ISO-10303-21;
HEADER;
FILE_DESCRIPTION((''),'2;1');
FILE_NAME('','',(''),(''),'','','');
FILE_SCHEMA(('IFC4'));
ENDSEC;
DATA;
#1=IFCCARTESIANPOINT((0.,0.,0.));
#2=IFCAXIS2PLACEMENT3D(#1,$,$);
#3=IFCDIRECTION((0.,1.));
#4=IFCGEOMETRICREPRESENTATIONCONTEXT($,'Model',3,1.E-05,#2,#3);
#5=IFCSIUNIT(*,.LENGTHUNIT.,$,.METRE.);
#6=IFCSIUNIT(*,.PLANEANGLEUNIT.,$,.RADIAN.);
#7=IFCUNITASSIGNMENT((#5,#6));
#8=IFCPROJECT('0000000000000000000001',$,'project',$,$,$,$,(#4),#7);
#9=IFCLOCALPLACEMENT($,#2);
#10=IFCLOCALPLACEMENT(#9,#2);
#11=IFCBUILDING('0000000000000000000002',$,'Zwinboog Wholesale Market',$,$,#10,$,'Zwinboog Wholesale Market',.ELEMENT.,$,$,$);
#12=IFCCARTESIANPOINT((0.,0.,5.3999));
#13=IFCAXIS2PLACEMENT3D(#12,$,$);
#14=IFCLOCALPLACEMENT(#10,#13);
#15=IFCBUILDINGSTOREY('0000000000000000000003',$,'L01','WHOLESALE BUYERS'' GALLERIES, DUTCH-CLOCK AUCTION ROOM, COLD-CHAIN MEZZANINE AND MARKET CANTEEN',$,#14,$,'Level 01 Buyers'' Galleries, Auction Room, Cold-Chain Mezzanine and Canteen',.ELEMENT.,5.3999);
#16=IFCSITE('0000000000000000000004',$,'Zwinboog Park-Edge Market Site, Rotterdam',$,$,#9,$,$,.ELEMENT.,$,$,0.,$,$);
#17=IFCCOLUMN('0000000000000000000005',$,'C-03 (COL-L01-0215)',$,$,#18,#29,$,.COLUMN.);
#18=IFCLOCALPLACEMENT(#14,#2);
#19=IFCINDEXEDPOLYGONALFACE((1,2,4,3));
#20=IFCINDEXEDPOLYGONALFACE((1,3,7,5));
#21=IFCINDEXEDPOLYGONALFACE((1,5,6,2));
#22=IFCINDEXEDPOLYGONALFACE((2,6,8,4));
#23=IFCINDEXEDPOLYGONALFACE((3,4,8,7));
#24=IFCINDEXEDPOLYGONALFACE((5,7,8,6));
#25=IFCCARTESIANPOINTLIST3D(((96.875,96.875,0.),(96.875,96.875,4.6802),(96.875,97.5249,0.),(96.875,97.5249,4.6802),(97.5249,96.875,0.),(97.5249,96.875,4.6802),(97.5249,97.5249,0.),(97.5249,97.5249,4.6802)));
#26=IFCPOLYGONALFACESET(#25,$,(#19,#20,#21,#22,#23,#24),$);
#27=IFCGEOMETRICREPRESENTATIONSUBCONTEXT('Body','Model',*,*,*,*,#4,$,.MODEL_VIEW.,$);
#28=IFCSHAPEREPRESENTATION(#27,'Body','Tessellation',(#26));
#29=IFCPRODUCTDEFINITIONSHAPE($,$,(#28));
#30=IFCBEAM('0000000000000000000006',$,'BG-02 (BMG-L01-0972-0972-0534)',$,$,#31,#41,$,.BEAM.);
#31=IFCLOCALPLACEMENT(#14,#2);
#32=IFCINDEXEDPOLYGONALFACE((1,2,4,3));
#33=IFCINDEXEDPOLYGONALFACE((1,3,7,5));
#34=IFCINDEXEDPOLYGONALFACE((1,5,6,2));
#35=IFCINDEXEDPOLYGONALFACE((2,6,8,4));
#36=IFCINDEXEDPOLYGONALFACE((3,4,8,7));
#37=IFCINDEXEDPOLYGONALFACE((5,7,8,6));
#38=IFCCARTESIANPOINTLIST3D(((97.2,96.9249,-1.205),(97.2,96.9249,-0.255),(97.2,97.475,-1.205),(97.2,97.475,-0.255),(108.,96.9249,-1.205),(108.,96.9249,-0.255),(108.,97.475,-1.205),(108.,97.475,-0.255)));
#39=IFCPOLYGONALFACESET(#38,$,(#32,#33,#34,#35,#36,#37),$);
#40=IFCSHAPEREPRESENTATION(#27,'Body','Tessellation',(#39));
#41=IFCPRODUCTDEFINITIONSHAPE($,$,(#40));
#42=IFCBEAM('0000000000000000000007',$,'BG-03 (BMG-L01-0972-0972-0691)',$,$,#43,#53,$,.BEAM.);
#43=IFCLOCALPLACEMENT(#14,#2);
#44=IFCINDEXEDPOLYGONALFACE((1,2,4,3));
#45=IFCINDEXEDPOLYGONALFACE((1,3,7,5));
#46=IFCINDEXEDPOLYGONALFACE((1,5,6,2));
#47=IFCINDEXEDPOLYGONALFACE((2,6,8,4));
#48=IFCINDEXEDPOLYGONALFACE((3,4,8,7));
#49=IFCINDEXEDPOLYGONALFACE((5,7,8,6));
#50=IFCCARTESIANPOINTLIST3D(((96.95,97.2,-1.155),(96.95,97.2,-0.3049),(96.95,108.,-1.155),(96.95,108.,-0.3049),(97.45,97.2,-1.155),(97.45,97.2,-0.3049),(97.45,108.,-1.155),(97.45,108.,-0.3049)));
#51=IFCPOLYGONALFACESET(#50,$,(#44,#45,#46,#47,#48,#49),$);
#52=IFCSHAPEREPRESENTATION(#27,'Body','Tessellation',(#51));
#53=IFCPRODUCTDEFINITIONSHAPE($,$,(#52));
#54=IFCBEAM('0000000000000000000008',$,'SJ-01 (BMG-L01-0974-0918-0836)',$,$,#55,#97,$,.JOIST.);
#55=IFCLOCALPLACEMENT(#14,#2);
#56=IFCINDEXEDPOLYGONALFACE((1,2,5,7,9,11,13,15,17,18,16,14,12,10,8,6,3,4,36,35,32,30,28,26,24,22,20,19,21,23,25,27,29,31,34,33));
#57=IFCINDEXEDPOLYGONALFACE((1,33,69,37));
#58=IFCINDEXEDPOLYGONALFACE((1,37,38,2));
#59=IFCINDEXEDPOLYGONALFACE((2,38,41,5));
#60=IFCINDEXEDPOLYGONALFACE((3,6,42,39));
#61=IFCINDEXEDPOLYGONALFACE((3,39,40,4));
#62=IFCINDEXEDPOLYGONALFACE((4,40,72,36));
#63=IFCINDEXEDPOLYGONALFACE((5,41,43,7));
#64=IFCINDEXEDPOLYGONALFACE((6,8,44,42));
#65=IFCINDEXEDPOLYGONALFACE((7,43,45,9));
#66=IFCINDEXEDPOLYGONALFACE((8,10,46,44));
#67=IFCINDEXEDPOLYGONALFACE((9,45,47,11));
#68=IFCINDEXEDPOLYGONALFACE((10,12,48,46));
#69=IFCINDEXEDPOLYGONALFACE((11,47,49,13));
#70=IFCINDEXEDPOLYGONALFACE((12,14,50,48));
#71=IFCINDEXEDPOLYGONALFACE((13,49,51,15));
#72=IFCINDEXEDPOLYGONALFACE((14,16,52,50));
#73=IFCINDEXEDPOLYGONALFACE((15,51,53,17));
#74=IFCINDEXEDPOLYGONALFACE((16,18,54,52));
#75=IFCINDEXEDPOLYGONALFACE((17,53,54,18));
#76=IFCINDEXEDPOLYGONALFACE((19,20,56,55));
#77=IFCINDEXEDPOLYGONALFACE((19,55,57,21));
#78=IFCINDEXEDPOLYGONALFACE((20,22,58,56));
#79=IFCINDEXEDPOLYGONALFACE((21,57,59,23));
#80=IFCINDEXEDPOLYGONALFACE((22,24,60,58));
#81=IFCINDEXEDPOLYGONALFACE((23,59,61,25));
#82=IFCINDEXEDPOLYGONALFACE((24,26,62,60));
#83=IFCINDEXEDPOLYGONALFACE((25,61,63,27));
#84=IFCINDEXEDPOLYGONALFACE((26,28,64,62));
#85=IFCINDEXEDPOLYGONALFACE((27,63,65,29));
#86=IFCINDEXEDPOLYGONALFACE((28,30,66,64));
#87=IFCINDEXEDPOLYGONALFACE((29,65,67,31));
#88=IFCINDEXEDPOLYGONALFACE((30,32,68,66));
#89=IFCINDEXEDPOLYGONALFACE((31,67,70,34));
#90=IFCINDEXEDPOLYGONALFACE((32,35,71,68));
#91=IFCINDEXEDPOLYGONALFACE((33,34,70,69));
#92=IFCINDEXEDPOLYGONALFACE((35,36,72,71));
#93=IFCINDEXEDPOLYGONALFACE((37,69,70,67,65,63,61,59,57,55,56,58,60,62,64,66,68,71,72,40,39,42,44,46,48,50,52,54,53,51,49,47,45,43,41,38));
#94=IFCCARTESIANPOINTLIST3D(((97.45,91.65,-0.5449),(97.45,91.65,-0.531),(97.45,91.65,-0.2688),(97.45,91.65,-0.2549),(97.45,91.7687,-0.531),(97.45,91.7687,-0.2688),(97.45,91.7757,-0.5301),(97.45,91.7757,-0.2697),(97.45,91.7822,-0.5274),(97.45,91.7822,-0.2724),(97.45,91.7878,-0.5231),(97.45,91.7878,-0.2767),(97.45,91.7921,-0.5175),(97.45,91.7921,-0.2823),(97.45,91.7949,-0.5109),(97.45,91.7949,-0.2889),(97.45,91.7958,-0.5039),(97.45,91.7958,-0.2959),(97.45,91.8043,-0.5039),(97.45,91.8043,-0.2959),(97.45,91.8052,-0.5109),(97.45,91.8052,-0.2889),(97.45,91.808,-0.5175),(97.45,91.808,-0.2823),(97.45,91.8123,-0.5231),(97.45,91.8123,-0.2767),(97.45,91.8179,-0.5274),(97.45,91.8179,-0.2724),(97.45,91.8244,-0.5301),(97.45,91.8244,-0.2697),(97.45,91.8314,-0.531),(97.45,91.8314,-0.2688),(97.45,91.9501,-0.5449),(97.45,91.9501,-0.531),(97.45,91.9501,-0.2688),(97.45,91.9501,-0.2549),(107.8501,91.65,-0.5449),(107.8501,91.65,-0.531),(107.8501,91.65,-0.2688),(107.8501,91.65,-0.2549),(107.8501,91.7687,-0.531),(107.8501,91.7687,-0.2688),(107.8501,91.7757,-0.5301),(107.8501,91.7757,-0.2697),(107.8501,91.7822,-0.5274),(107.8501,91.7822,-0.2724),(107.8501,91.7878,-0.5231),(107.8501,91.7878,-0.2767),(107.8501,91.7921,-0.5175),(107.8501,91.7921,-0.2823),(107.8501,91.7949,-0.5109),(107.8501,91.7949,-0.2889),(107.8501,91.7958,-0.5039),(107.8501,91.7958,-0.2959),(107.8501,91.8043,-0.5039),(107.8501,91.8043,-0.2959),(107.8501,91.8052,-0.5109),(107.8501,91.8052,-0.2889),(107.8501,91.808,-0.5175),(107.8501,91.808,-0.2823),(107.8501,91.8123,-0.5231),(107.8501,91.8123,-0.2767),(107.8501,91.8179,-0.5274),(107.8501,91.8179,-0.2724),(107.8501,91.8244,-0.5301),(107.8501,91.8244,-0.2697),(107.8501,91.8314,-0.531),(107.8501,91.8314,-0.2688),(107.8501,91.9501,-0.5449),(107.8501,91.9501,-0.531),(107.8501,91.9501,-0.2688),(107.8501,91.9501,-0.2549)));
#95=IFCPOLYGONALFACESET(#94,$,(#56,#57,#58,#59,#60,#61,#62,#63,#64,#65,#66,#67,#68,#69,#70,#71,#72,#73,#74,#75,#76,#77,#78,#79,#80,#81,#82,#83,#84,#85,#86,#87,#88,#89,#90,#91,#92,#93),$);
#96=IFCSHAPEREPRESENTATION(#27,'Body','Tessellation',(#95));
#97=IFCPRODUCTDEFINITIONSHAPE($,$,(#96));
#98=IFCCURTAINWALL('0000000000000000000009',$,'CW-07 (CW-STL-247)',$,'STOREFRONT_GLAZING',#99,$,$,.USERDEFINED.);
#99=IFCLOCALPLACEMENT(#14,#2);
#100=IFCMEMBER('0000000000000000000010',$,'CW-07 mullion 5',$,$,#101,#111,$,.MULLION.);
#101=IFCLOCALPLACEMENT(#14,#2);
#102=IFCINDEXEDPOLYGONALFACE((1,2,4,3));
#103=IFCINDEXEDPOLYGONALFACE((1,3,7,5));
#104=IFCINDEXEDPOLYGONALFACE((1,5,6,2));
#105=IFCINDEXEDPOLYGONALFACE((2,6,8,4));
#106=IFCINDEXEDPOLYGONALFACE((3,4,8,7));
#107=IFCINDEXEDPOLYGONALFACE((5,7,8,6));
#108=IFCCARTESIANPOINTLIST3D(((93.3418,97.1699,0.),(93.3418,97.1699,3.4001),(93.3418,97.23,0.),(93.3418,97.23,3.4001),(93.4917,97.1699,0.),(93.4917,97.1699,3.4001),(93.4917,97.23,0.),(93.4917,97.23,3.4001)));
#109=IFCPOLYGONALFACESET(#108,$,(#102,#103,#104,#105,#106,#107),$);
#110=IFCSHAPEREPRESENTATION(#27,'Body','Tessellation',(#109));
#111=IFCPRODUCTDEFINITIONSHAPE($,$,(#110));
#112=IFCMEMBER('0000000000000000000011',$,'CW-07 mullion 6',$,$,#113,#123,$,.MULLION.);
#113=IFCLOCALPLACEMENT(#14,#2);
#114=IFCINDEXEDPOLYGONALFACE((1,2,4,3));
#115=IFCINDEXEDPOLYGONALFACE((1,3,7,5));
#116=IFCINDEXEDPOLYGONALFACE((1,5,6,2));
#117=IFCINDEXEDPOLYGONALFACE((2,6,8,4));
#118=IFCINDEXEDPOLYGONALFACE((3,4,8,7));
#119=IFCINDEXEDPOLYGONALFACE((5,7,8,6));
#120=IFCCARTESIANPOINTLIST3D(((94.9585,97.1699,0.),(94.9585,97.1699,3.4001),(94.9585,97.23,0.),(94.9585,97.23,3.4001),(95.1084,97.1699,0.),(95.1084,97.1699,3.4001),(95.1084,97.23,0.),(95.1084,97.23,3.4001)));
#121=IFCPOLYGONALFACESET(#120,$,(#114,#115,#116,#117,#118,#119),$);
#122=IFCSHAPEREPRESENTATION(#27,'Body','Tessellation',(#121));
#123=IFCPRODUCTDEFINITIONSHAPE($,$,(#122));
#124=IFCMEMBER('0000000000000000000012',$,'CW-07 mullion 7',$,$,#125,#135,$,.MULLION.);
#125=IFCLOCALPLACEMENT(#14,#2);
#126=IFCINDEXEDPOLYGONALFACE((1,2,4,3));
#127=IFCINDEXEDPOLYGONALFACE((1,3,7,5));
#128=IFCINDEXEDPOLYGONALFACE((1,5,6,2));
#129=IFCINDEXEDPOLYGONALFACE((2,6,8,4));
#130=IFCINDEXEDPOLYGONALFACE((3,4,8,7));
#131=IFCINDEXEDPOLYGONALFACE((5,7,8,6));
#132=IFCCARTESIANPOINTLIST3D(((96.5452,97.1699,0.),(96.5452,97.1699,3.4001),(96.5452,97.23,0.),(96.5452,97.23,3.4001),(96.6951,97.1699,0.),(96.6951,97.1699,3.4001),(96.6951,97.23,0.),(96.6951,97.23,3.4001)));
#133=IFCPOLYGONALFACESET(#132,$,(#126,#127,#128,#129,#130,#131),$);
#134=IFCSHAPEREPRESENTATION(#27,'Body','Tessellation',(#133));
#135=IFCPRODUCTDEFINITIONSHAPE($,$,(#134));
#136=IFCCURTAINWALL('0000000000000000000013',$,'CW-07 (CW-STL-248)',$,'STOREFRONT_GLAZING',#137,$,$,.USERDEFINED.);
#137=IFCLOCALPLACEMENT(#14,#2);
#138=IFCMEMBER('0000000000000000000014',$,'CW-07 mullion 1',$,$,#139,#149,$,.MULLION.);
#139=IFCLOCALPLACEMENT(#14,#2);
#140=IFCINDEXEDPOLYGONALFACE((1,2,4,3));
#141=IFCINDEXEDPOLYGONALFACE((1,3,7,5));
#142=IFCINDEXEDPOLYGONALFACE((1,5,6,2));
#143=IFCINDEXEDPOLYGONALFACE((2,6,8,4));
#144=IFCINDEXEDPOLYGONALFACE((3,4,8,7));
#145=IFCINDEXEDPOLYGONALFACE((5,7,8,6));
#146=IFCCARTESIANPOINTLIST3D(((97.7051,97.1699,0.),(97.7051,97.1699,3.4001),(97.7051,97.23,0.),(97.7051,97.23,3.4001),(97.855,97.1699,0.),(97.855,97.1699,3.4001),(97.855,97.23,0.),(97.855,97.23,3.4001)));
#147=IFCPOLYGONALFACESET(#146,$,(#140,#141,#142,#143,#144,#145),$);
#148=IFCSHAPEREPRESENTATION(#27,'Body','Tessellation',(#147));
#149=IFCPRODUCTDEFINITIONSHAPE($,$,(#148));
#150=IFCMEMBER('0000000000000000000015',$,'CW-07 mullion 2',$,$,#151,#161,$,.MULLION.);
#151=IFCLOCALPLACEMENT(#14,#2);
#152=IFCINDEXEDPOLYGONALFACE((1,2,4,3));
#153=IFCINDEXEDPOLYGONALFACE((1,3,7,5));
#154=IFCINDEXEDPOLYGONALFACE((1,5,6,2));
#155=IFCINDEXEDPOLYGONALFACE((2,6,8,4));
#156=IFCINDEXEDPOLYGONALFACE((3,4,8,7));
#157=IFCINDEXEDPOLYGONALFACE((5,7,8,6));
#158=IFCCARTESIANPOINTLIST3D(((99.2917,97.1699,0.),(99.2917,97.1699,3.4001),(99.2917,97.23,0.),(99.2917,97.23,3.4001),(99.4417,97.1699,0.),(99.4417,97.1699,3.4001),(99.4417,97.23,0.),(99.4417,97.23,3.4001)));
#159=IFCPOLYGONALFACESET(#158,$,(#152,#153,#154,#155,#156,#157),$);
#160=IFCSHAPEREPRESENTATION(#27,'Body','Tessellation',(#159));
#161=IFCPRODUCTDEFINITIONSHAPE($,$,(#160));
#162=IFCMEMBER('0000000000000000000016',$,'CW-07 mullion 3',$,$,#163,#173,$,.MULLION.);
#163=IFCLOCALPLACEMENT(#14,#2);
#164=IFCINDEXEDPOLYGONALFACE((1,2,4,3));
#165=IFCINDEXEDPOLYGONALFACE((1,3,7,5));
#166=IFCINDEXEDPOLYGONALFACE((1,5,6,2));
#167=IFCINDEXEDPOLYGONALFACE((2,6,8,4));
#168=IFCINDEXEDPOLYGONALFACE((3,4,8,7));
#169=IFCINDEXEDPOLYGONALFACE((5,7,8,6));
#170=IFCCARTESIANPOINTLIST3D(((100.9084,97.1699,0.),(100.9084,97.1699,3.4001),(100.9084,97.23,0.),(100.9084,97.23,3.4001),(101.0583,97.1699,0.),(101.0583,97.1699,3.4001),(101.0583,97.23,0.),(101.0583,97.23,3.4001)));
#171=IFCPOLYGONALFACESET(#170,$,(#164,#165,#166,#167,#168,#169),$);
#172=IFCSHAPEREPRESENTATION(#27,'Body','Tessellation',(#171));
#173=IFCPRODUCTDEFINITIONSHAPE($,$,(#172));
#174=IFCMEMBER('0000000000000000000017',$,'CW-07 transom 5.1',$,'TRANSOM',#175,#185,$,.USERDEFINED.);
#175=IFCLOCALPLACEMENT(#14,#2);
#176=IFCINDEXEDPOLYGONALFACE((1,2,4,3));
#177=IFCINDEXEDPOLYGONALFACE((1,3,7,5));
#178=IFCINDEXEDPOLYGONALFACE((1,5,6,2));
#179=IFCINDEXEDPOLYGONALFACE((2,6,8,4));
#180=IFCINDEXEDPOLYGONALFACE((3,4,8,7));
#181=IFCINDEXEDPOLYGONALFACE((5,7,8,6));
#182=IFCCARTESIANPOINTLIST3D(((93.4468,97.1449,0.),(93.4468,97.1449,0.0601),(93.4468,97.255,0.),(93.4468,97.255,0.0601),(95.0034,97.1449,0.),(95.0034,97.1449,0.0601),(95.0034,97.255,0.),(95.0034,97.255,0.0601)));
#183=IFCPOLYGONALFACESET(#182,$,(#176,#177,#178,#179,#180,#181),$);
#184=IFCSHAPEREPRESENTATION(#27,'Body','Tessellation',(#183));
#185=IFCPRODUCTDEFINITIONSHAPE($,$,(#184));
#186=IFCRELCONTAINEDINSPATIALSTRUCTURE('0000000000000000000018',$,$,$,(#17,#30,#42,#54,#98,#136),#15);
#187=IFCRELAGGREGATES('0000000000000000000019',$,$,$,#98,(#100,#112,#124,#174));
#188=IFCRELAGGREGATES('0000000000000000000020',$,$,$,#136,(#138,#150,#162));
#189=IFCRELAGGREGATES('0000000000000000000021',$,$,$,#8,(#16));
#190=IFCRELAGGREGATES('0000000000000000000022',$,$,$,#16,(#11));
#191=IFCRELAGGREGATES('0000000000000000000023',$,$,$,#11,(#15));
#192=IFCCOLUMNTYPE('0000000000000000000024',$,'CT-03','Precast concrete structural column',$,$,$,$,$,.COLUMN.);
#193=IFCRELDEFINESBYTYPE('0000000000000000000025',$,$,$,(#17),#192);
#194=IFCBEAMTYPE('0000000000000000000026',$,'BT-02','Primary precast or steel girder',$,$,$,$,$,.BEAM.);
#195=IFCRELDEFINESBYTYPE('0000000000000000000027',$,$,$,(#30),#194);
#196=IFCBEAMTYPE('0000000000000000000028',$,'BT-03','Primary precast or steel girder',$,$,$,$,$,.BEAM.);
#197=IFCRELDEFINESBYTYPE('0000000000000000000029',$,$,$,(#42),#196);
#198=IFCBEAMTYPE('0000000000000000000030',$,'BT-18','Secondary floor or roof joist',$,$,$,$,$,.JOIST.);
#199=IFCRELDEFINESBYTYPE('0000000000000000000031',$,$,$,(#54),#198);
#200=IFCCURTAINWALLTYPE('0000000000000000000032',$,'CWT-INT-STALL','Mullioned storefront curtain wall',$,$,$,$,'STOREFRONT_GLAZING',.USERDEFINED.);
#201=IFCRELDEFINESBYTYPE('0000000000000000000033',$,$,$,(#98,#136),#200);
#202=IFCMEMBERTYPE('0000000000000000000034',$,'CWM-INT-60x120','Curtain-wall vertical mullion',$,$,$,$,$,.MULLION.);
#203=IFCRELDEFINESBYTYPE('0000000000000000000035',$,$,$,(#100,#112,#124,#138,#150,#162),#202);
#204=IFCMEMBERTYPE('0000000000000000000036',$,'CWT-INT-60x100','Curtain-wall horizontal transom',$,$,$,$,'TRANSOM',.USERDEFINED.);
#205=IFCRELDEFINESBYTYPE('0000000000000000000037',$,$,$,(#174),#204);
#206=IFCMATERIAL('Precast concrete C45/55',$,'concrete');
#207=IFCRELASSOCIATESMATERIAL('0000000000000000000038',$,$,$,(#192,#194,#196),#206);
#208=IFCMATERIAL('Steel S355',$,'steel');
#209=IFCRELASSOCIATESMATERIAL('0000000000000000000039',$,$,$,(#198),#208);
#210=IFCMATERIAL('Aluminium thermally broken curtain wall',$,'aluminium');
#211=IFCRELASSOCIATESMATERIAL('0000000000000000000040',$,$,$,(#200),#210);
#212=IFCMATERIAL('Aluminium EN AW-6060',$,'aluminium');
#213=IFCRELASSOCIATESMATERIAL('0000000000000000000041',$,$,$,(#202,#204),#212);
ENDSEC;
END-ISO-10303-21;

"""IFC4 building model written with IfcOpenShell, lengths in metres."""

from ifc_helpers import new_model, si_unit, direction, frame, origin, origin_2d, place, context, subcontext, project, spatial, rectangle, i_section, extrude, material, material_profile, profile_set, type_object, element, aggregate, save


model = new_model("IFC4")

# Units and contexts
model_context = context("Model", 3, precision=1e-05, world=origin(), true_north=direction((0.0, 1.0)))
body_context = subcontext(model_context, "Body", "Model", "MODEL_VIEW")
ifc_project = project(units=[si_unit("LENGTHUNIT", "METRE"), si_unit("PLANEANGLEUNIT", "RADIAN")], contexts=[model_context])

# Site, building, storey
site_placement = place(None, origin())
site = spatial("IfcSite", under=ifc_project, at=site_placement, Name="Zwinboog Park-Edge Market Site, Rotterdam", CompositionType="ELEMENT", RefElevation=0.0)
building_placement = place(site_placement, origin())
building = spatial("IfcBuilding", under=site, at=building_placement, Name="Zwinboog Wholesale Market", LongName="Zwinboog Wholesale Market", CompositionType="ELEMENT")
storey_placement = place(building_placement, frame((0.0, 0.0, 5.3999)))
storey = spatial("IfcBuildingStorey", under=building, at=storey_placement, Name="L01", Description="WHOLESALE BUYERS' GALLERIES, DUTCH-CLOCK AUCTION ROOM, COLD-CHAIN MEZZANINE AND MARKET CANTEEN", LongName="Level 01 Buyers' Galleries, Auction Room, Cold-Chain Mezzanine and Canteen", CompositionType="ELEMENT", Elevation=5.3999)

# Column
ifc_material_1 = material(Name="Precast concrete C45/55", Category="concrete")
ifc_material_profile_1 = material_profile(ifc_material_1, rectangle(XDim=0.6499, YDim=0.6499, at=origin_2d()), Name="PC 650x650")
ifc_profile_set_1 = profile_set([ifc_material_profile_1], Name="Precast concrete C45/55")
column_type = type_object("IfcColumnType", Name="CT-03", Description="Precast concrete structural column", PredefinedType="COLUMN", material=ifc_profile_set_1)
column_placement = place(storey_placement, frame((97.2, 97.2, 0.0), z_axis=(0.0, 0.0, 1.0), x_axis=(1.0, 0.0, 0.0)))
element("IfcColumn", 1, at=column_placement, inside=storey, type_object=column_type, Name="C-03 (COL-L01-0215)", PredefinedType="COLUMN", context=body_context, shape_type="SweptSolid", body=[
    extrude(rectangle(XDim=0.6499, YDim=0.6499, at=origin_2d()), origin(), (0.0, 0.0, 1.0), 4.6802),
])

# Beams
ifc_material_profile_2 = material_profile(ifc_material_1, rectangle(XDim=0.55, YDim=0.95, at=origin_2d()), Name="PC 550x950")
ifc_profile_set_2 = profile_set([ifc_material_profile_2], Name="Precast concrete C45/55")
beam_type_1 = type_object("IfcBeamType", Name="BT-02", Description="Primary precast or steel girder", PredefinedType="BEAM", material=ifc_profile_set_2)
beam_1_placement = place(storey_placement, frame((97.2, 97.2, -0.73), z_axis=(1.0, 0.0, 0.0), x_axis=(0.0, 1.0, 0.0)))
element("IfcBeam", 2, at=beam_1_placement, inside=storey, type_object=beam_type_1, Name="BG-02 (BMG-L01-0972-0972-0534)", PredefinedType="BEAM", context=body_context, shape_type="SweptSolid", body=[
    extrude(rectangle(XDim=0.55, YDim=0.95, at=origin_2d()), origin(), (0.0, 0.0, 1.0), 10.8),
])
ifc_material_profile_3 = material_profile(ifc_material_1, rectangle(XDim=0.5, YDim=0.8501, at=origin_2d()), Name="PC 500x850")
ifc_profile_set_3 = profile_set([ifc_material_profile_3], Name="Precast concrete C45/55")
beam_type_2 = type_object("IfcBeamType", Name="BT-03", Description="Primary precast or steel girder", PredefinedType="BEAM", material=ifc_profile_set_3)
beam_2_placement = place(storey_placement, frame((97.2, 97.2, -0.73), z_axis=(0.0, 1.0, 0.0), x_axis=(-1.0, 0.0, 0.0)))
element("IfcBeam", 3, at=beam_2_placement, inside=storey, type_object=beam_type_2, Name="BG-03 (BMG-L01-0972-0972-0691)", PredefinedType="BEAM", context=body_context, shape_type="SweptSolid", body=[
    extrude(rectangle(XDim=0.5, YDim=0.8501, at=origin_2d()), origin(), (0.0, 0.0, 1.0), 10.8),
])
ifc_material_2 = material(Name="Steel S355", Category="steel")
ifc_material_profile_4 = material_profile(ifc_material_2, i_section(OverallWidth=0.3, OverallDepth=0.29, WebThickness=0.0085, FlangeThickness=0.0139, FilletRadius=0.0271, at=origin_2d()), Name="HEA 300")
ifc_profile_set_4 = profile_set([ifc_material_profile_4], Name="Steel S355")
beam_type_3 = type_object("IfcBeamType", Name="BT-18", Description="Secondary floor or roof joist", PredefinedType="JOIST", material=ifc_profile_set_4)
beam_3_placement = place(storey_placement, frame((97.45, 91.8, -0.3999), z_axis=(1.0, 0.0, 0.0), x_axis=(0.0, 1.0, 0.0)))
element("IfcBeam", 4, at=beam_3_placement, inside=storey, type_object=beam_type_3, Name="SJ-01 (BMG-L01-0974-0918-0836)", PredefinedType="JOIST", context=body_context, shape_type="SweptSolid", body=[
    extrude(i_section(OverallWidth=0.3, OverallDepth=0.29, WebThickness=0.0085, FlangeThickness=0.0139, FilletRadius=0.0271, at=origin_2d()), origin(), (0.0, 0.0, 1.0), 10.4001),
])

# Curtain walls, members
ifc_material_3 = material(Name="Aluminium thermally broken curtain wall", Category="aluminium")
curtain_wall_type = type_object("IfcCurtainWallType", Name="CWT-INT-STALL", Description="Mullioned storefront curtain wall", ElementType="STOREFRONT_GLAZING", PredefinedType="USERDEFINED", material=ifc_material_3)
curtain_wall_1_placement = place(storey_placement, origin())
curtain_wall_1 = element("IfcCurtainWall", 5, at=curtain_wall_1_placement, inside=storey, type_object=curtain_wall_type, Name="CW-07 (CW-STL-247)", ObjectType="STOREFRONT_GLAZING", PredefinedType="USERDEFINED")
ifc_material_4 = material(Name="Aluminium EN AW-6060", Category="aluminium")
ifc_material_profile_5 = material_profile(ifc_material_4, rectangle(XDim=0.0601, YDim=0.1499, at=origin_2d()), Name="AL 60x150")
ifc_profile_set_5 = profile_set([ifc_material_profile_5], Name="Aluminium EN AW-6060")
member_type_1 = type_object("IfcMemberType", Name="CWM-INT-60x120", Description="Curtain-wall vertical mullion", PredefinedType="MULLION", material=ifc_profile_set_5)
member_1_placement = place(storey_placement, frame((93.4167, 97.2, 0.0), z_axis=(0.0, 0.0, 1.0), x_axis=(0.0, 1.0, 0.0)))
member_1 = element("IfcMember", 6, at=member_1_placement, type_object=member_type_1, Name="CW-07 mullion 5", PredefinedType="MULLION", context=body_context, shape_type="SweptSolid", body=[
    extrude(rectangle(XDim=0.0601, YDim=0.1499, at=origin_2d()), origin(), (0.0, 0.0, 1.0), 3.4001),
])
member_2_placement = place(storey_placement, frame((95.0334, 97.2, 0.0), z_axis=(0.0, 0.0, 1.0), x_axis=(0.0, 1.0, 0.0)))
member_2 = element("IfcMember", 7, at=member_2_placement, type_object=member_type_1, Name="CW-07 mullion 6", PredefinedType="MULLION", context=body_context, shape_type="SweptSolid", body=[
    extrude(rectangle(XDim=0.0601, YDim=0.1499, at=origin_2d()), origin(), (0.0, 0.0, 1.0), 3.4001),
])
member_3_placement = place(storey_placement, frame((96.6201, 97.2, 0.0), z_axis=(0.0, 0.0, 1.0), x_axis=(0.0, 1.0, 0.0)))
member_3 = element("IfcMember", 8, at=member_3_placement, type_object=member_type_1, Name="CW-07 mullion 7", PredefinedType="MULLION", context=body_context, shape_type="SweptSolid", body=[
    extrude(rectangle(XDim=0.0601, YDim=0.1499, at=origin_2d()), origin(), (0.0, 0.0, 1.0), 3.4001),
])
curtain_wall_2_placement = place(storey_placement, origin())
curtain_wall_2 = element("IfcCurtainWall", 9, at=curtain_wall_2_placement, inside=storey, type_object=curtain_wall_type, Name="CW-07 (CW-STL-248)", ObjectType="STOREFRONT_GLAZING", PredefinedType="USERDEFINED")
member_4_placement = place(storey_placement, frame((97.78, 97.2, 0.0), z_axis=(0.0, 0.0, 1.0), x_axis=(0.0, 1.0, 0.0)))
member_4 = element("IfcMember", 10, at=member_4_placement, type_object=member_type_1, Name="CW-07 mullion 1", PredefinedType="MULLION", context=body_context, shape_type="SweptSolid", body=[
    extrude(rectangle(XDim=0.0601, YDim=0.1499, at=origin_2d()), origin(), (0.0, 0.0, 1.0), 3.4001),
])
member_5_placement = place(storey_placement, frame((99.3667, 97.2, 0.0), z_axis=(0.0, 0.0, 1.0), x_axis=(0.0, 1.0, 0.0)))
member_5 = element("IfcMember", 11, at=member_5_placement, type_object=member_type_1, Name="CW-07 mullion 2", PredefinedType="MULLION", context=body_context, shape_type="SweptSolid", body=[
    extrude(rectangle(XDim=0.0601, YDim=0.1499, at=origin_2d()), origin(), (0.0, 0.0, 1.0), 3.4001),
])
member_6_placement = place(storey_placement, frame((100.9834, 97.2, 0.0), z_axis=(0.0, 0.0, 1.0), x_axis=(0.0, 1.0, 0.0)))
member_6 = element("IfcMember", 12, at=member_6_placement, type_object=member_type_1, Name="CW-07 mullion 3", PredefinedType="MULLION", context=body_context, shape_type="SweptSolid", body=[
    extrude(rectangle(XDim=0.0601, YDim=0.1499, at=origin_2d()), origin(), (0.0, 0.0, 1.0), 3.4001),
])

# Member
ifc_material_profile_6 = material_profile(ifc_material_4, rectangle(XDim=0.1101, YDim=0.0601, at=origin_2d()), Name="AL 60x110")
ifc_profile_set_6 = profile_set([ifc_material_profile_6], Name="Aluminium EN AW-6060")
member_type_2 = type_object("IfcMemberType", Name="CWT-INT-60x100", Description="Curtain-wall horizontal transom", ElementType="TRANSOM", PredefinedType="USERDEFINED", material=ifc_profile_set_6)
member_7_placement = place(storey_placement, frame((93.4468, 97.2, 0.03), z_axis=(1.0, 0.0, 0.0), x_axis=(0.0, 1.0, 0.0)))
member_7 = element("IfcMember", 13, at=member_7_placement, type_object=member_type_2, Name="CW-07 transom 5.1", ObjectType="TRANSOM", PredefinedType="USERDEFINED", context=body_context, shape_type="SweptSolid", body=[
    extrude(rectangle(XDim=0.1101, YDim=0.0601, at=origin_2d()), origin(), (0.0, 0.0, 1.0), 1.5566),
])

aggregate(curtain_wall_1, [member_1, member_2, member_3, member_7])
aggregate(curtain_wall_2, [member_4, member_5, member_6])

save(model, "model.ifc")
